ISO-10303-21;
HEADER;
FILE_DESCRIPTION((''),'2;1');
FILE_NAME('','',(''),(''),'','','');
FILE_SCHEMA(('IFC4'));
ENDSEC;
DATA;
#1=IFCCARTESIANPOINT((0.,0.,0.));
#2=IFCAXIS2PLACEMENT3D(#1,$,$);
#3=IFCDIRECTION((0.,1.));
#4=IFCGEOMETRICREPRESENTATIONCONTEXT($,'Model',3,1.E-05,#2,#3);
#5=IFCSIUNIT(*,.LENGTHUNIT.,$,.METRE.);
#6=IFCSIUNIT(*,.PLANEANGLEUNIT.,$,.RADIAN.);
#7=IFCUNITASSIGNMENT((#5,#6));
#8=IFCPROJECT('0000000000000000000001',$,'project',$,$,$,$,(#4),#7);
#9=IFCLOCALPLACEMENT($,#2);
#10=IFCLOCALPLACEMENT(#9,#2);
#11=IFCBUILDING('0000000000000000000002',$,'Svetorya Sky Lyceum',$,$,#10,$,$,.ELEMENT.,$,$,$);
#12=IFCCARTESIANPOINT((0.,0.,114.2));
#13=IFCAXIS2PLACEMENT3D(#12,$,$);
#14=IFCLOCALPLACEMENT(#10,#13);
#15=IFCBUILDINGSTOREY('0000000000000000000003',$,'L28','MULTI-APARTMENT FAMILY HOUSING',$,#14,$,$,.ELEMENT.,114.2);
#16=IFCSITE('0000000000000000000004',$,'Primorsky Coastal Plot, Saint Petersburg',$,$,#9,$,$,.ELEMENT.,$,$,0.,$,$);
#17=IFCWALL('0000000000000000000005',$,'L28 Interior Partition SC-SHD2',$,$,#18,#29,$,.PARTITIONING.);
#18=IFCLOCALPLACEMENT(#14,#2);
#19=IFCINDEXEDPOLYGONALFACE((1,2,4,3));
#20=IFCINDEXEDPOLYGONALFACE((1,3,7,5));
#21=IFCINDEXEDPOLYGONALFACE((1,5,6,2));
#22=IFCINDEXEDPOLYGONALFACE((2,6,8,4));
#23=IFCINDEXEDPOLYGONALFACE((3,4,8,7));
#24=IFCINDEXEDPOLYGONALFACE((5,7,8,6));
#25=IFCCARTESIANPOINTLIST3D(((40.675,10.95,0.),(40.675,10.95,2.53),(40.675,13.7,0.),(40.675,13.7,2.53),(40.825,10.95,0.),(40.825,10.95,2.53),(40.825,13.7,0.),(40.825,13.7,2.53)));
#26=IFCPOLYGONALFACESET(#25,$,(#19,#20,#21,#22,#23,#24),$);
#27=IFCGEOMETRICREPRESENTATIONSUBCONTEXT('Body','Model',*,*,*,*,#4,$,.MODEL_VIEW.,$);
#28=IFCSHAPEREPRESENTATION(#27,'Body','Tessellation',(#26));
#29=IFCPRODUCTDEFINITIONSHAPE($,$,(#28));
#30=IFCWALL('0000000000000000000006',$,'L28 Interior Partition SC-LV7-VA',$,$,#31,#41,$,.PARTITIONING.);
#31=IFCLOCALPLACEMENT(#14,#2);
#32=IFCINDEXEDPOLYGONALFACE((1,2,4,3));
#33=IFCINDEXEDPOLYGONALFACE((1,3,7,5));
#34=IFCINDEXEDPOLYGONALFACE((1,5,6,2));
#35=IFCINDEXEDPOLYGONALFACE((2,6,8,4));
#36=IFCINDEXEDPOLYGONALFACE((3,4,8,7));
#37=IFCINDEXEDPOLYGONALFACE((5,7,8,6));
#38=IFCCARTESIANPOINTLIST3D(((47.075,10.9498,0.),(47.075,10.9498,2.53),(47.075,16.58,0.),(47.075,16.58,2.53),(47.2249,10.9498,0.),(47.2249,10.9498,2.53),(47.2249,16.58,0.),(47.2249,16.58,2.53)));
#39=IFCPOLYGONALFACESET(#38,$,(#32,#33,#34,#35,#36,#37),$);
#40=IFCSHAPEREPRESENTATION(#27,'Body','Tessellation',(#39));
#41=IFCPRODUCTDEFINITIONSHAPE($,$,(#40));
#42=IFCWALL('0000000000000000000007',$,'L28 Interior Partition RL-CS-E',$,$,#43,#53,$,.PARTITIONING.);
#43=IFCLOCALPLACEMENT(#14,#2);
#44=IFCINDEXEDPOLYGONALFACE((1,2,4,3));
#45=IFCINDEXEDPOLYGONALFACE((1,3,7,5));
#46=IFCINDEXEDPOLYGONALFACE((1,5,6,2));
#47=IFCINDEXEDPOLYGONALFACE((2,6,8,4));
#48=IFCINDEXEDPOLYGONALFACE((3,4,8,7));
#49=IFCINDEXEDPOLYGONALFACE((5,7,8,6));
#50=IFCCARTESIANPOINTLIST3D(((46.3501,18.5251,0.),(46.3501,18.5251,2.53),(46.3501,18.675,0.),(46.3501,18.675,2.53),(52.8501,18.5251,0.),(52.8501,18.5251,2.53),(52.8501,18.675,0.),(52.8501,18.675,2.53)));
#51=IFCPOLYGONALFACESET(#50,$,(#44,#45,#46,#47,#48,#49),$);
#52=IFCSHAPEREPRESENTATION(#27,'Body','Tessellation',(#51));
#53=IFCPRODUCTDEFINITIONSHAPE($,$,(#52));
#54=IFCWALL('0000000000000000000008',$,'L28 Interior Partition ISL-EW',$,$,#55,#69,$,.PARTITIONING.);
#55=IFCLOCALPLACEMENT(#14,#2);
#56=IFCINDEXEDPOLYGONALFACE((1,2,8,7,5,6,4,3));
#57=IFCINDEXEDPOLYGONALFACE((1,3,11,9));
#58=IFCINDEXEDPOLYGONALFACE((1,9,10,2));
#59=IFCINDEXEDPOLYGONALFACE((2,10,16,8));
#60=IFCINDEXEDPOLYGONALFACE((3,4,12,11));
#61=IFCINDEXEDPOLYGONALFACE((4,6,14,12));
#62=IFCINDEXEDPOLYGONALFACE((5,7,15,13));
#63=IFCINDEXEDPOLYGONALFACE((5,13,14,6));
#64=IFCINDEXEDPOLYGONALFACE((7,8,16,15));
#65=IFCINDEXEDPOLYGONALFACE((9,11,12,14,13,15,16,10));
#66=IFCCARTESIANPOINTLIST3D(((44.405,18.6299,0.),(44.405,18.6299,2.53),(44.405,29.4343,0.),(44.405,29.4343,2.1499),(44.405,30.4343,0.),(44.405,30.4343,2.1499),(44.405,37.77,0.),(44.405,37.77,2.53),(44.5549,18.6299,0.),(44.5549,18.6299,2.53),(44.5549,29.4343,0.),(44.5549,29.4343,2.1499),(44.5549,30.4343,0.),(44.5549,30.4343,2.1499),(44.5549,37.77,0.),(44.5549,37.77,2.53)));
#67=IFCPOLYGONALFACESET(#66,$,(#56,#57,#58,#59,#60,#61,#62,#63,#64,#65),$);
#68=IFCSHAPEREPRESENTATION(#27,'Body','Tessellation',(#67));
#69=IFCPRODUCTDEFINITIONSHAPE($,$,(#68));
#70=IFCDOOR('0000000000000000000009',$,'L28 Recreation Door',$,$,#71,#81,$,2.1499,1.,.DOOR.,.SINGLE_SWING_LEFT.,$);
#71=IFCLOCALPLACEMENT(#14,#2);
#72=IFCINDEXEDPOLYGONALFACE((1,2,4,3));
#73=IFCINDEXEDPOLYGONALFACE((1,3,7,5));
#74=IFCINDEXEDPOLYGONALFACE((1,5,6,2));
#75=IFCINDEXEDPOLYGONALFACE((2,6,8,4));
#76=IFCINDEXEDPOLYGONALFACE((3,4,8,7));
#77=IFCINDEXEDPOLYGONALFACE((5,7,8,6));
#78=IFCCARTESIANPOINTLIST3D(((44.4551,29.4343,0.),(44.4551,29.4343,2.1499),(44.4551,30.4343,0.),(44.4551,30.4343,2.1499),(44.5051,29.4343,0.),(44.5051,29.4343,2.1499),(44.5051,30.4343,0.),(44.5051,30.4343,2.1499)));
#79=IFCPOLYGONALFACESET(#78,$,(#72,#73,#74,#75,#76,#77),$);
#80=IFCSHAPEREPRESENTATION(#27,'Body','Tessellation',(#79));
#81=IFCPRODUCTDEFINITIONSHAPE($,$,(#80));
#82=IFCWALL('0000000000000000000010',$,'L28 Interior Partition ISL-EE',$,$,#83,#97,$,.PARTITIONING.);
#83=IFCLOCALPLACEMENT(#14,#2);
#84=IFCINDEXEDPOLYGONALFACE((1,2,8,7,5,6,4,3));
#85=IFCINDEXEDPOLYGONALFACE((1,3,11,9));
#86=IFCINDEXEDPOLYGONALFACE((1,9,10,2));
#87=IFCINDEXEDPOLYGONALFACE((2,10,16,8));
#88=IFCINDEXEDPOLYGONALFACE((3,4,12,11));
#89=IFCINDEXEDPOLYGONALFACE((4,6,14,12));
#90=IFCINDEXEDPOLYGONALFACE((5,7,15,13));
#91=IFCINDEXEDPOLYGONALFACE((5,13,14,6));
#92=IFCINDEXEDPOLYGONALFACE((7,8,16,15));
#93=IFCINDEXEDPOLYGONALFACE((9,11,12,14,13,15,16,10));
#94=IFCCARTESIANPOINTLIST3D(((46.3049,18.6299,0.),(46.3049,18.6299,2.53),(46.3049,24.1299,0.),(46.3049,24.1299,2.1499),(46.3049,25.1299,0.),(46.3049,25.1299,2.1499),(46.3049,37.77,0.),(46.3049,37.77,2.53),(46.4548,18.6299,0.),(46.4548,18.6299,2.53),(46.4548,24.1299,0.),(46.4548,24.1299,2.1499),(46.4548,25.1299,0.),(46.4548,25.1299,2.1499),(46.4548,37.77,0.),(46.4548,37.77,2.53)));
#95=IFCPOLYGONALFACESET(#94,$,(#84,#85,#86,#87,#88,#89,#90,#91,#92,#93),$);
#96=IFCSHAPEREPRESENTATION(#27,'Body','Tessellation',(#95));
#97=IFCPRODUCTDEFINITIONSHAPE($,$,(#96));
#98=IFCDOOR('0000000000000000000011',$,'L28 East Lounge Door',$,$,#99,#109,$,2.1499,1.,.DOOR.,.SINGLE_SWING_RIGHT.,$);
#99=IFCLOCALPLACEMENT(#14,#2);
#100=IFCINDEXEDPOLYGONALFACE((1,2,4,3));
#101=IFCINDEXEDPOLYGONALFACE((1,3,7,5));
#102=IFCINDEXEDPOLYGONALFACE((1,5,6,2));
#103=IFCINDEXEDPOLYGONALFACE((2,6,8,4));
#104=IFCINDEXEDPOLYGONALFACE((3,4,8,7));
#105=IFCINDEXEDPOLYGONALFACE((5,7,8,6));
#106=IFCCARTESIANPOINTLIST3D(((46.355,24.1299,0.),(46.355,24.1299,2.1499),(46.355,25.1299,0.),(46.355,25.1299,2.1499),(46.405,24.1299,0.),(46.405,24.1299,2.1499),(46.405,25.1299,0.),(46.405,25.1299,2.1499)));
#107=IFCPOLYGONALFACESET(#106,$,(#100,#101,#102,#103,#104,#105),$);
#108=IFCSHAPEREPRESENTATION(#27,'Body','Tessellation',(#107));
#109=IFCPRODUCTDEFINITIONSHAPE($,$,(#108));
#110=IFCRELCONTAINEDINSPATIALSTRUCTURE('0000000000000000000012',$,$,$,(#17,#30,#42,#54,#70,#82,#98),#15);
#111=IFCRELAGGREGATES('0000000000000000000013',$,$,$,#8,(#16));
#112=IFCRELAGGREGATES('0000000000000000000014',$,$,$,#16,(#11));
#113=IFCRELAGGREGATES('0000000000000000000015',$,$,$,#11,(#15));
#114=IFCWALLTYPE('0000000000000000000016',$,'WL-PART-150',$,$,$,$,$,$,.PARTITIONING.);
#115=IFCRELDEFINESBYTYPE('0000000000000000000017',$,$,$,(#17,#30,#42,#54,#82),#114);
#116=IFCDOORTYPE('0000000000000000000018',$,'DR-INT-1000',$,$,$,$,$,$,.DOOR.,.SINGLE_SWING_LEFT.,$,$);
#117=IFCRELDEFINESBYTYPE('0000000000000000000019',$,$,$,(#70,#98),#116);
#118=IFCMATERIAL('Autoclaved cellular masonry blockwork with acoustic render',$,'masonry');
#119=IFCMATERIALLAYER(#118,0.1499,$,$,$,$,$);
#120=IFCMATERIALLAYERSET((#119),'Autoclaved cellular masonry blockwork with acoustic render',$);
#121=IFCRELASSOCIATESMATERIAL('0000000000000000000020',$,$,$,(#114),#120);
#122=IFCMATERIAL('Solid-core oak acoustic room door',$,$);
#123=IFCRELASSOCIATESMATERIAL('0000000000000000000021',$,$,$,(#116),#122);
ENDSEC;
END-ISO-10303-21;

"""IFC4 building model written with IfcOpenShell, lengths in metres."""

from ifc_helpers import new_model, si_unit, direction, frame, frame_2d, origin, place, context, subcontext, project, spatial, rectangle, extrude, material, layer, layer_set, type_object, element, fill, save


model = new_model("IFC4")

# Units and contexts
model_context = context("Model", 3, precision=1e-05, world=origin(), true_north=direction((0.0, 1.0)))
body_context = subcontext(model_context, "Body", "Model", "MODEL_VIEW")
ifc_project = project(units=[si_unit("LENGTHUNIT", "METRE"), si_unit("PLANEANGLEUNIT", "RADIAN")], contexts=[model_context])

# Site, building, storey
site_placement = place(None, origin())
site = spatial("IfcSite", under=ifc_project, at=site_placement, Name="Primorsky Coastal Plot, Saint Petersburg", CompositionType="ELEMENT", RefElevation=0.0)
building_placement = place(site_placement, origin())
building = spatial("IfcBuilding", under=site, at=building_placement, Name="Svetorya Sky Lyceum", CompositionType="ELEMENT")
storey_placement = place(building_placement, frame((0.0, 0.0, 114.2)))
storey = spatial("IfcBuildingStorey", under=building, at=storey_placement, Name="L28", Description="MULTI-APARTMENT FAMILY HOUSING", CompositionType="ELEMENT", Elevation=114.2)

# Walls
ifc_material_1 = material(Name="Autoclaved cellular masonry blockwork with acoustic render", Category="masonry")
ifc_layer_1 = layer(ifc_material_1, 0.1499)
ifc_layer_set_1 = layer_set([ifc_layer_1], Name="Autoclaved cellular masonry blockwork with acoustic render")
wall_type_1 = type_object("IfcWallType", Name="WL-PART-150", PredefinedType="PARTITIONING", material=ifc_layer_set_1)
for number, where, z_axis, x_axis, name in (
    (1, (40.75, 10.95, 0.0), (0.0, 0.0, 1.0), (0.0, 1.0, 0.0), "L28 Interior Partition SC-SHD2"),
):
    element("IfcWall", number, at=place(storey_placement, frame(where, z_axis=z_axis, x_axis=x_axis)), inside=storey, type_object=wall_type_1, Name=name, PredefinedType="PARTITIONING", context=body_context, shape_type="SweptSolid", body=[
        extrude(rectangle(XDim=2.75, YDim=0.1499, at=frame_2d((1.375, 0.0))), origin(), (0.0, 0.0, 1.0), 2.53),
    ])
wall_1_placement = place(storey_placement, frame((47.1499, 10.95, 0.0), z_axis=(0.0, 0.0, 1.0), x_axis=(0.0, 1.0, 0.0)))
element("IfcWall", 2, at=wall_1_placement, inside=storey, type_object=wall_type_1, Name="L28 Interior Partition SC-LV7-VA", PredefinedType="PARTITIONING", context=body_context, shape_type="SweptSolid", body=[
    extrude(rectangle(XDim=5.6301, YDim=0.1499, at=frame_2d((2.8149, 0.0))), origin(), (0.0, 0.0, 1.0), 2.53),
])
wall_2_placement = place(storey_placement, frame((46.3501, 18.6001, 0.0), z_axis=(0.0, 0.0, 1.0), x_axis=(1.0, 0.0, 0.0)))
element("IfcWall", 3, at=wall_2_placement, inside=storey, type_object=wall_type_1, Name="L28 Interior Partition RL-CS-E", PredefinedType="PARTITIONING", context=body_context, shape_type="SweptSolid", body=[
    extrude(rectangle(XDim=6.5, YDim=0.1499, at=frame_2d((3.25, 0.0))), origin(), (0.0, 0.0, 1.0), 2.53),
])

# Walls, openings, doors
wall_3_placement = place(storey_placement, frame((44.48, 18.6299, 0.0), z_axis=(0.0, 0.0, 1.0), x_axis=(0.0, 1.0, 0.0)))
wall_3 = element("IfcWall", 4, at=wall_3_placement, inside=storey, type_object=wall_type_1, Name="L28 Interior Partition ISL-EW", PredefinedType="PARTITIONING", context=body_context, shape_type="SweptSolid", body=[
    extrude(rectangle(XDim=19.1401, YDim=0.1499, at=frame_2d((9.5701, 0.0))), origin(), (0.0, 0.0, 1.0), 2.53),
])
opening_1_placement = place(wall_3_placement, frame((10.8044, 0.0, 0.0)))
opening_1 = element("IfcOpeningElement", 5, at=opening_1_placement, cuts=wall_3, PredefinedType="OPENING", context=body_context, shape_type="SweptSolid", body=[
    extrude(rectangle(XDim=1.0, YDim=2.1499, at=frame_2d((0.5, 1.075))), frame((0.0, 0.085, 0.0), z_axis=(0.0, -1.0, 0.0), x_axis=(1.0, 0.0, 0.0)), (0.0, 0.0, 1.0), 0.1699),
])
ifc_material_2 = material(Name="Solid-core oak acoustic room door")
door_type_1 = type_object("IfcDoorType", Name="DR-INT-1000", OperationType="SINGLE_SWING_LEFT", PredefinedType="DOOR", material=ifc_material_2)
door_1_placement = place(opening_1_placement, origin())
door_1 = element("IfcDoor", 6, at=door_1_placement, inside=storey, type_object=door_type_1, Name="L28 Recreation Door", OperationType="SINGLE_SWING_LEFT", OverallHeight=2.1499, OverallWidth=1.0, PredefinedType="DOOR", context=body_context, shape_type="SweptSolid", body=[
    extrude(rectangle(XDim=1.0, YDim=2.1499, at=frame_2d((0.5, 1.075))), frame((0.0, 0.0249, 0.0), z_axis=(0.0, -1.0, 0.0), x_axis=(1.0, 0.0, 0.0)), (0.0, 0.0, 1.0), 0.05),
])
fill(opening_1, door_1)
wall_4_placement = place(storey_placement, frame((46.3799, 18.6299, 0.0), z_axis=(0.0, 0.0, 1.0), x_axis=(0.0, 1.0, 0.0)))
wall_4 = element("IfcWall", 7, at=wall_4_placement, inside=storey, type_object=wall_type_1, Name="L28 Interior Partition ISL-EE", PredefinedType="PARTITIONING", context=body_context, shape_type="SweptSolid", body=[
    extrude(rectangle(XDim=19.1401, YDim=0.1499, at=frame_2d((9.5701, 0.0))), origin(), (0.0, 0.0, 1.0), 2.53),
])
opening_2_placement = place(wall_4_placement, frame((5.5, 0.0, 0.0)))
opening_2 = element("IfcOpeningElement", 8, at=opening_2_placement, cuts=wall_4, PredefinedType="OPENING", context=body_context, shape_type="SweptSolid", body=[
    extrude(rectangle(XDim=1.0, YDim=2.1499, at=frame_2d((0.5, 1.075))), frame((0.0, 0.085, 0.0), z_axis=(0.0, -1.0, 0.0), x_axis=(1.0, 0.0, 0.0)), (0.0, 0.0, 1.0), 0.1699),
])
door_2_placement = place(opening_2_placement, origin())
door_2 = element("IfcDoor", 9, at=door_2_placement, inside=storey, type_object=door_type_1, Name="L28 East Lounge Door", OperationType="SINGLE_SWING_RIGHT", OverallHeight=2.1499, OverallWidth=1.0, PredefinedType="DOOR", context=body_context, shape_type="SweptSolid", body=[
    extrude(rectangle(XDim=1.0, YDim=2.1499, at=frame_2d((0.5, 1.075))), frame((0.0, 0.0249, 0.0), z_axis=(0.0, -1.0, 0.0), x_axis=(1.0, 0.0, 0.0)), (0.0, 0.0, 1.0), 0.05),
])
fill(opening_2, door_2)

save(model, "model.ifc")
